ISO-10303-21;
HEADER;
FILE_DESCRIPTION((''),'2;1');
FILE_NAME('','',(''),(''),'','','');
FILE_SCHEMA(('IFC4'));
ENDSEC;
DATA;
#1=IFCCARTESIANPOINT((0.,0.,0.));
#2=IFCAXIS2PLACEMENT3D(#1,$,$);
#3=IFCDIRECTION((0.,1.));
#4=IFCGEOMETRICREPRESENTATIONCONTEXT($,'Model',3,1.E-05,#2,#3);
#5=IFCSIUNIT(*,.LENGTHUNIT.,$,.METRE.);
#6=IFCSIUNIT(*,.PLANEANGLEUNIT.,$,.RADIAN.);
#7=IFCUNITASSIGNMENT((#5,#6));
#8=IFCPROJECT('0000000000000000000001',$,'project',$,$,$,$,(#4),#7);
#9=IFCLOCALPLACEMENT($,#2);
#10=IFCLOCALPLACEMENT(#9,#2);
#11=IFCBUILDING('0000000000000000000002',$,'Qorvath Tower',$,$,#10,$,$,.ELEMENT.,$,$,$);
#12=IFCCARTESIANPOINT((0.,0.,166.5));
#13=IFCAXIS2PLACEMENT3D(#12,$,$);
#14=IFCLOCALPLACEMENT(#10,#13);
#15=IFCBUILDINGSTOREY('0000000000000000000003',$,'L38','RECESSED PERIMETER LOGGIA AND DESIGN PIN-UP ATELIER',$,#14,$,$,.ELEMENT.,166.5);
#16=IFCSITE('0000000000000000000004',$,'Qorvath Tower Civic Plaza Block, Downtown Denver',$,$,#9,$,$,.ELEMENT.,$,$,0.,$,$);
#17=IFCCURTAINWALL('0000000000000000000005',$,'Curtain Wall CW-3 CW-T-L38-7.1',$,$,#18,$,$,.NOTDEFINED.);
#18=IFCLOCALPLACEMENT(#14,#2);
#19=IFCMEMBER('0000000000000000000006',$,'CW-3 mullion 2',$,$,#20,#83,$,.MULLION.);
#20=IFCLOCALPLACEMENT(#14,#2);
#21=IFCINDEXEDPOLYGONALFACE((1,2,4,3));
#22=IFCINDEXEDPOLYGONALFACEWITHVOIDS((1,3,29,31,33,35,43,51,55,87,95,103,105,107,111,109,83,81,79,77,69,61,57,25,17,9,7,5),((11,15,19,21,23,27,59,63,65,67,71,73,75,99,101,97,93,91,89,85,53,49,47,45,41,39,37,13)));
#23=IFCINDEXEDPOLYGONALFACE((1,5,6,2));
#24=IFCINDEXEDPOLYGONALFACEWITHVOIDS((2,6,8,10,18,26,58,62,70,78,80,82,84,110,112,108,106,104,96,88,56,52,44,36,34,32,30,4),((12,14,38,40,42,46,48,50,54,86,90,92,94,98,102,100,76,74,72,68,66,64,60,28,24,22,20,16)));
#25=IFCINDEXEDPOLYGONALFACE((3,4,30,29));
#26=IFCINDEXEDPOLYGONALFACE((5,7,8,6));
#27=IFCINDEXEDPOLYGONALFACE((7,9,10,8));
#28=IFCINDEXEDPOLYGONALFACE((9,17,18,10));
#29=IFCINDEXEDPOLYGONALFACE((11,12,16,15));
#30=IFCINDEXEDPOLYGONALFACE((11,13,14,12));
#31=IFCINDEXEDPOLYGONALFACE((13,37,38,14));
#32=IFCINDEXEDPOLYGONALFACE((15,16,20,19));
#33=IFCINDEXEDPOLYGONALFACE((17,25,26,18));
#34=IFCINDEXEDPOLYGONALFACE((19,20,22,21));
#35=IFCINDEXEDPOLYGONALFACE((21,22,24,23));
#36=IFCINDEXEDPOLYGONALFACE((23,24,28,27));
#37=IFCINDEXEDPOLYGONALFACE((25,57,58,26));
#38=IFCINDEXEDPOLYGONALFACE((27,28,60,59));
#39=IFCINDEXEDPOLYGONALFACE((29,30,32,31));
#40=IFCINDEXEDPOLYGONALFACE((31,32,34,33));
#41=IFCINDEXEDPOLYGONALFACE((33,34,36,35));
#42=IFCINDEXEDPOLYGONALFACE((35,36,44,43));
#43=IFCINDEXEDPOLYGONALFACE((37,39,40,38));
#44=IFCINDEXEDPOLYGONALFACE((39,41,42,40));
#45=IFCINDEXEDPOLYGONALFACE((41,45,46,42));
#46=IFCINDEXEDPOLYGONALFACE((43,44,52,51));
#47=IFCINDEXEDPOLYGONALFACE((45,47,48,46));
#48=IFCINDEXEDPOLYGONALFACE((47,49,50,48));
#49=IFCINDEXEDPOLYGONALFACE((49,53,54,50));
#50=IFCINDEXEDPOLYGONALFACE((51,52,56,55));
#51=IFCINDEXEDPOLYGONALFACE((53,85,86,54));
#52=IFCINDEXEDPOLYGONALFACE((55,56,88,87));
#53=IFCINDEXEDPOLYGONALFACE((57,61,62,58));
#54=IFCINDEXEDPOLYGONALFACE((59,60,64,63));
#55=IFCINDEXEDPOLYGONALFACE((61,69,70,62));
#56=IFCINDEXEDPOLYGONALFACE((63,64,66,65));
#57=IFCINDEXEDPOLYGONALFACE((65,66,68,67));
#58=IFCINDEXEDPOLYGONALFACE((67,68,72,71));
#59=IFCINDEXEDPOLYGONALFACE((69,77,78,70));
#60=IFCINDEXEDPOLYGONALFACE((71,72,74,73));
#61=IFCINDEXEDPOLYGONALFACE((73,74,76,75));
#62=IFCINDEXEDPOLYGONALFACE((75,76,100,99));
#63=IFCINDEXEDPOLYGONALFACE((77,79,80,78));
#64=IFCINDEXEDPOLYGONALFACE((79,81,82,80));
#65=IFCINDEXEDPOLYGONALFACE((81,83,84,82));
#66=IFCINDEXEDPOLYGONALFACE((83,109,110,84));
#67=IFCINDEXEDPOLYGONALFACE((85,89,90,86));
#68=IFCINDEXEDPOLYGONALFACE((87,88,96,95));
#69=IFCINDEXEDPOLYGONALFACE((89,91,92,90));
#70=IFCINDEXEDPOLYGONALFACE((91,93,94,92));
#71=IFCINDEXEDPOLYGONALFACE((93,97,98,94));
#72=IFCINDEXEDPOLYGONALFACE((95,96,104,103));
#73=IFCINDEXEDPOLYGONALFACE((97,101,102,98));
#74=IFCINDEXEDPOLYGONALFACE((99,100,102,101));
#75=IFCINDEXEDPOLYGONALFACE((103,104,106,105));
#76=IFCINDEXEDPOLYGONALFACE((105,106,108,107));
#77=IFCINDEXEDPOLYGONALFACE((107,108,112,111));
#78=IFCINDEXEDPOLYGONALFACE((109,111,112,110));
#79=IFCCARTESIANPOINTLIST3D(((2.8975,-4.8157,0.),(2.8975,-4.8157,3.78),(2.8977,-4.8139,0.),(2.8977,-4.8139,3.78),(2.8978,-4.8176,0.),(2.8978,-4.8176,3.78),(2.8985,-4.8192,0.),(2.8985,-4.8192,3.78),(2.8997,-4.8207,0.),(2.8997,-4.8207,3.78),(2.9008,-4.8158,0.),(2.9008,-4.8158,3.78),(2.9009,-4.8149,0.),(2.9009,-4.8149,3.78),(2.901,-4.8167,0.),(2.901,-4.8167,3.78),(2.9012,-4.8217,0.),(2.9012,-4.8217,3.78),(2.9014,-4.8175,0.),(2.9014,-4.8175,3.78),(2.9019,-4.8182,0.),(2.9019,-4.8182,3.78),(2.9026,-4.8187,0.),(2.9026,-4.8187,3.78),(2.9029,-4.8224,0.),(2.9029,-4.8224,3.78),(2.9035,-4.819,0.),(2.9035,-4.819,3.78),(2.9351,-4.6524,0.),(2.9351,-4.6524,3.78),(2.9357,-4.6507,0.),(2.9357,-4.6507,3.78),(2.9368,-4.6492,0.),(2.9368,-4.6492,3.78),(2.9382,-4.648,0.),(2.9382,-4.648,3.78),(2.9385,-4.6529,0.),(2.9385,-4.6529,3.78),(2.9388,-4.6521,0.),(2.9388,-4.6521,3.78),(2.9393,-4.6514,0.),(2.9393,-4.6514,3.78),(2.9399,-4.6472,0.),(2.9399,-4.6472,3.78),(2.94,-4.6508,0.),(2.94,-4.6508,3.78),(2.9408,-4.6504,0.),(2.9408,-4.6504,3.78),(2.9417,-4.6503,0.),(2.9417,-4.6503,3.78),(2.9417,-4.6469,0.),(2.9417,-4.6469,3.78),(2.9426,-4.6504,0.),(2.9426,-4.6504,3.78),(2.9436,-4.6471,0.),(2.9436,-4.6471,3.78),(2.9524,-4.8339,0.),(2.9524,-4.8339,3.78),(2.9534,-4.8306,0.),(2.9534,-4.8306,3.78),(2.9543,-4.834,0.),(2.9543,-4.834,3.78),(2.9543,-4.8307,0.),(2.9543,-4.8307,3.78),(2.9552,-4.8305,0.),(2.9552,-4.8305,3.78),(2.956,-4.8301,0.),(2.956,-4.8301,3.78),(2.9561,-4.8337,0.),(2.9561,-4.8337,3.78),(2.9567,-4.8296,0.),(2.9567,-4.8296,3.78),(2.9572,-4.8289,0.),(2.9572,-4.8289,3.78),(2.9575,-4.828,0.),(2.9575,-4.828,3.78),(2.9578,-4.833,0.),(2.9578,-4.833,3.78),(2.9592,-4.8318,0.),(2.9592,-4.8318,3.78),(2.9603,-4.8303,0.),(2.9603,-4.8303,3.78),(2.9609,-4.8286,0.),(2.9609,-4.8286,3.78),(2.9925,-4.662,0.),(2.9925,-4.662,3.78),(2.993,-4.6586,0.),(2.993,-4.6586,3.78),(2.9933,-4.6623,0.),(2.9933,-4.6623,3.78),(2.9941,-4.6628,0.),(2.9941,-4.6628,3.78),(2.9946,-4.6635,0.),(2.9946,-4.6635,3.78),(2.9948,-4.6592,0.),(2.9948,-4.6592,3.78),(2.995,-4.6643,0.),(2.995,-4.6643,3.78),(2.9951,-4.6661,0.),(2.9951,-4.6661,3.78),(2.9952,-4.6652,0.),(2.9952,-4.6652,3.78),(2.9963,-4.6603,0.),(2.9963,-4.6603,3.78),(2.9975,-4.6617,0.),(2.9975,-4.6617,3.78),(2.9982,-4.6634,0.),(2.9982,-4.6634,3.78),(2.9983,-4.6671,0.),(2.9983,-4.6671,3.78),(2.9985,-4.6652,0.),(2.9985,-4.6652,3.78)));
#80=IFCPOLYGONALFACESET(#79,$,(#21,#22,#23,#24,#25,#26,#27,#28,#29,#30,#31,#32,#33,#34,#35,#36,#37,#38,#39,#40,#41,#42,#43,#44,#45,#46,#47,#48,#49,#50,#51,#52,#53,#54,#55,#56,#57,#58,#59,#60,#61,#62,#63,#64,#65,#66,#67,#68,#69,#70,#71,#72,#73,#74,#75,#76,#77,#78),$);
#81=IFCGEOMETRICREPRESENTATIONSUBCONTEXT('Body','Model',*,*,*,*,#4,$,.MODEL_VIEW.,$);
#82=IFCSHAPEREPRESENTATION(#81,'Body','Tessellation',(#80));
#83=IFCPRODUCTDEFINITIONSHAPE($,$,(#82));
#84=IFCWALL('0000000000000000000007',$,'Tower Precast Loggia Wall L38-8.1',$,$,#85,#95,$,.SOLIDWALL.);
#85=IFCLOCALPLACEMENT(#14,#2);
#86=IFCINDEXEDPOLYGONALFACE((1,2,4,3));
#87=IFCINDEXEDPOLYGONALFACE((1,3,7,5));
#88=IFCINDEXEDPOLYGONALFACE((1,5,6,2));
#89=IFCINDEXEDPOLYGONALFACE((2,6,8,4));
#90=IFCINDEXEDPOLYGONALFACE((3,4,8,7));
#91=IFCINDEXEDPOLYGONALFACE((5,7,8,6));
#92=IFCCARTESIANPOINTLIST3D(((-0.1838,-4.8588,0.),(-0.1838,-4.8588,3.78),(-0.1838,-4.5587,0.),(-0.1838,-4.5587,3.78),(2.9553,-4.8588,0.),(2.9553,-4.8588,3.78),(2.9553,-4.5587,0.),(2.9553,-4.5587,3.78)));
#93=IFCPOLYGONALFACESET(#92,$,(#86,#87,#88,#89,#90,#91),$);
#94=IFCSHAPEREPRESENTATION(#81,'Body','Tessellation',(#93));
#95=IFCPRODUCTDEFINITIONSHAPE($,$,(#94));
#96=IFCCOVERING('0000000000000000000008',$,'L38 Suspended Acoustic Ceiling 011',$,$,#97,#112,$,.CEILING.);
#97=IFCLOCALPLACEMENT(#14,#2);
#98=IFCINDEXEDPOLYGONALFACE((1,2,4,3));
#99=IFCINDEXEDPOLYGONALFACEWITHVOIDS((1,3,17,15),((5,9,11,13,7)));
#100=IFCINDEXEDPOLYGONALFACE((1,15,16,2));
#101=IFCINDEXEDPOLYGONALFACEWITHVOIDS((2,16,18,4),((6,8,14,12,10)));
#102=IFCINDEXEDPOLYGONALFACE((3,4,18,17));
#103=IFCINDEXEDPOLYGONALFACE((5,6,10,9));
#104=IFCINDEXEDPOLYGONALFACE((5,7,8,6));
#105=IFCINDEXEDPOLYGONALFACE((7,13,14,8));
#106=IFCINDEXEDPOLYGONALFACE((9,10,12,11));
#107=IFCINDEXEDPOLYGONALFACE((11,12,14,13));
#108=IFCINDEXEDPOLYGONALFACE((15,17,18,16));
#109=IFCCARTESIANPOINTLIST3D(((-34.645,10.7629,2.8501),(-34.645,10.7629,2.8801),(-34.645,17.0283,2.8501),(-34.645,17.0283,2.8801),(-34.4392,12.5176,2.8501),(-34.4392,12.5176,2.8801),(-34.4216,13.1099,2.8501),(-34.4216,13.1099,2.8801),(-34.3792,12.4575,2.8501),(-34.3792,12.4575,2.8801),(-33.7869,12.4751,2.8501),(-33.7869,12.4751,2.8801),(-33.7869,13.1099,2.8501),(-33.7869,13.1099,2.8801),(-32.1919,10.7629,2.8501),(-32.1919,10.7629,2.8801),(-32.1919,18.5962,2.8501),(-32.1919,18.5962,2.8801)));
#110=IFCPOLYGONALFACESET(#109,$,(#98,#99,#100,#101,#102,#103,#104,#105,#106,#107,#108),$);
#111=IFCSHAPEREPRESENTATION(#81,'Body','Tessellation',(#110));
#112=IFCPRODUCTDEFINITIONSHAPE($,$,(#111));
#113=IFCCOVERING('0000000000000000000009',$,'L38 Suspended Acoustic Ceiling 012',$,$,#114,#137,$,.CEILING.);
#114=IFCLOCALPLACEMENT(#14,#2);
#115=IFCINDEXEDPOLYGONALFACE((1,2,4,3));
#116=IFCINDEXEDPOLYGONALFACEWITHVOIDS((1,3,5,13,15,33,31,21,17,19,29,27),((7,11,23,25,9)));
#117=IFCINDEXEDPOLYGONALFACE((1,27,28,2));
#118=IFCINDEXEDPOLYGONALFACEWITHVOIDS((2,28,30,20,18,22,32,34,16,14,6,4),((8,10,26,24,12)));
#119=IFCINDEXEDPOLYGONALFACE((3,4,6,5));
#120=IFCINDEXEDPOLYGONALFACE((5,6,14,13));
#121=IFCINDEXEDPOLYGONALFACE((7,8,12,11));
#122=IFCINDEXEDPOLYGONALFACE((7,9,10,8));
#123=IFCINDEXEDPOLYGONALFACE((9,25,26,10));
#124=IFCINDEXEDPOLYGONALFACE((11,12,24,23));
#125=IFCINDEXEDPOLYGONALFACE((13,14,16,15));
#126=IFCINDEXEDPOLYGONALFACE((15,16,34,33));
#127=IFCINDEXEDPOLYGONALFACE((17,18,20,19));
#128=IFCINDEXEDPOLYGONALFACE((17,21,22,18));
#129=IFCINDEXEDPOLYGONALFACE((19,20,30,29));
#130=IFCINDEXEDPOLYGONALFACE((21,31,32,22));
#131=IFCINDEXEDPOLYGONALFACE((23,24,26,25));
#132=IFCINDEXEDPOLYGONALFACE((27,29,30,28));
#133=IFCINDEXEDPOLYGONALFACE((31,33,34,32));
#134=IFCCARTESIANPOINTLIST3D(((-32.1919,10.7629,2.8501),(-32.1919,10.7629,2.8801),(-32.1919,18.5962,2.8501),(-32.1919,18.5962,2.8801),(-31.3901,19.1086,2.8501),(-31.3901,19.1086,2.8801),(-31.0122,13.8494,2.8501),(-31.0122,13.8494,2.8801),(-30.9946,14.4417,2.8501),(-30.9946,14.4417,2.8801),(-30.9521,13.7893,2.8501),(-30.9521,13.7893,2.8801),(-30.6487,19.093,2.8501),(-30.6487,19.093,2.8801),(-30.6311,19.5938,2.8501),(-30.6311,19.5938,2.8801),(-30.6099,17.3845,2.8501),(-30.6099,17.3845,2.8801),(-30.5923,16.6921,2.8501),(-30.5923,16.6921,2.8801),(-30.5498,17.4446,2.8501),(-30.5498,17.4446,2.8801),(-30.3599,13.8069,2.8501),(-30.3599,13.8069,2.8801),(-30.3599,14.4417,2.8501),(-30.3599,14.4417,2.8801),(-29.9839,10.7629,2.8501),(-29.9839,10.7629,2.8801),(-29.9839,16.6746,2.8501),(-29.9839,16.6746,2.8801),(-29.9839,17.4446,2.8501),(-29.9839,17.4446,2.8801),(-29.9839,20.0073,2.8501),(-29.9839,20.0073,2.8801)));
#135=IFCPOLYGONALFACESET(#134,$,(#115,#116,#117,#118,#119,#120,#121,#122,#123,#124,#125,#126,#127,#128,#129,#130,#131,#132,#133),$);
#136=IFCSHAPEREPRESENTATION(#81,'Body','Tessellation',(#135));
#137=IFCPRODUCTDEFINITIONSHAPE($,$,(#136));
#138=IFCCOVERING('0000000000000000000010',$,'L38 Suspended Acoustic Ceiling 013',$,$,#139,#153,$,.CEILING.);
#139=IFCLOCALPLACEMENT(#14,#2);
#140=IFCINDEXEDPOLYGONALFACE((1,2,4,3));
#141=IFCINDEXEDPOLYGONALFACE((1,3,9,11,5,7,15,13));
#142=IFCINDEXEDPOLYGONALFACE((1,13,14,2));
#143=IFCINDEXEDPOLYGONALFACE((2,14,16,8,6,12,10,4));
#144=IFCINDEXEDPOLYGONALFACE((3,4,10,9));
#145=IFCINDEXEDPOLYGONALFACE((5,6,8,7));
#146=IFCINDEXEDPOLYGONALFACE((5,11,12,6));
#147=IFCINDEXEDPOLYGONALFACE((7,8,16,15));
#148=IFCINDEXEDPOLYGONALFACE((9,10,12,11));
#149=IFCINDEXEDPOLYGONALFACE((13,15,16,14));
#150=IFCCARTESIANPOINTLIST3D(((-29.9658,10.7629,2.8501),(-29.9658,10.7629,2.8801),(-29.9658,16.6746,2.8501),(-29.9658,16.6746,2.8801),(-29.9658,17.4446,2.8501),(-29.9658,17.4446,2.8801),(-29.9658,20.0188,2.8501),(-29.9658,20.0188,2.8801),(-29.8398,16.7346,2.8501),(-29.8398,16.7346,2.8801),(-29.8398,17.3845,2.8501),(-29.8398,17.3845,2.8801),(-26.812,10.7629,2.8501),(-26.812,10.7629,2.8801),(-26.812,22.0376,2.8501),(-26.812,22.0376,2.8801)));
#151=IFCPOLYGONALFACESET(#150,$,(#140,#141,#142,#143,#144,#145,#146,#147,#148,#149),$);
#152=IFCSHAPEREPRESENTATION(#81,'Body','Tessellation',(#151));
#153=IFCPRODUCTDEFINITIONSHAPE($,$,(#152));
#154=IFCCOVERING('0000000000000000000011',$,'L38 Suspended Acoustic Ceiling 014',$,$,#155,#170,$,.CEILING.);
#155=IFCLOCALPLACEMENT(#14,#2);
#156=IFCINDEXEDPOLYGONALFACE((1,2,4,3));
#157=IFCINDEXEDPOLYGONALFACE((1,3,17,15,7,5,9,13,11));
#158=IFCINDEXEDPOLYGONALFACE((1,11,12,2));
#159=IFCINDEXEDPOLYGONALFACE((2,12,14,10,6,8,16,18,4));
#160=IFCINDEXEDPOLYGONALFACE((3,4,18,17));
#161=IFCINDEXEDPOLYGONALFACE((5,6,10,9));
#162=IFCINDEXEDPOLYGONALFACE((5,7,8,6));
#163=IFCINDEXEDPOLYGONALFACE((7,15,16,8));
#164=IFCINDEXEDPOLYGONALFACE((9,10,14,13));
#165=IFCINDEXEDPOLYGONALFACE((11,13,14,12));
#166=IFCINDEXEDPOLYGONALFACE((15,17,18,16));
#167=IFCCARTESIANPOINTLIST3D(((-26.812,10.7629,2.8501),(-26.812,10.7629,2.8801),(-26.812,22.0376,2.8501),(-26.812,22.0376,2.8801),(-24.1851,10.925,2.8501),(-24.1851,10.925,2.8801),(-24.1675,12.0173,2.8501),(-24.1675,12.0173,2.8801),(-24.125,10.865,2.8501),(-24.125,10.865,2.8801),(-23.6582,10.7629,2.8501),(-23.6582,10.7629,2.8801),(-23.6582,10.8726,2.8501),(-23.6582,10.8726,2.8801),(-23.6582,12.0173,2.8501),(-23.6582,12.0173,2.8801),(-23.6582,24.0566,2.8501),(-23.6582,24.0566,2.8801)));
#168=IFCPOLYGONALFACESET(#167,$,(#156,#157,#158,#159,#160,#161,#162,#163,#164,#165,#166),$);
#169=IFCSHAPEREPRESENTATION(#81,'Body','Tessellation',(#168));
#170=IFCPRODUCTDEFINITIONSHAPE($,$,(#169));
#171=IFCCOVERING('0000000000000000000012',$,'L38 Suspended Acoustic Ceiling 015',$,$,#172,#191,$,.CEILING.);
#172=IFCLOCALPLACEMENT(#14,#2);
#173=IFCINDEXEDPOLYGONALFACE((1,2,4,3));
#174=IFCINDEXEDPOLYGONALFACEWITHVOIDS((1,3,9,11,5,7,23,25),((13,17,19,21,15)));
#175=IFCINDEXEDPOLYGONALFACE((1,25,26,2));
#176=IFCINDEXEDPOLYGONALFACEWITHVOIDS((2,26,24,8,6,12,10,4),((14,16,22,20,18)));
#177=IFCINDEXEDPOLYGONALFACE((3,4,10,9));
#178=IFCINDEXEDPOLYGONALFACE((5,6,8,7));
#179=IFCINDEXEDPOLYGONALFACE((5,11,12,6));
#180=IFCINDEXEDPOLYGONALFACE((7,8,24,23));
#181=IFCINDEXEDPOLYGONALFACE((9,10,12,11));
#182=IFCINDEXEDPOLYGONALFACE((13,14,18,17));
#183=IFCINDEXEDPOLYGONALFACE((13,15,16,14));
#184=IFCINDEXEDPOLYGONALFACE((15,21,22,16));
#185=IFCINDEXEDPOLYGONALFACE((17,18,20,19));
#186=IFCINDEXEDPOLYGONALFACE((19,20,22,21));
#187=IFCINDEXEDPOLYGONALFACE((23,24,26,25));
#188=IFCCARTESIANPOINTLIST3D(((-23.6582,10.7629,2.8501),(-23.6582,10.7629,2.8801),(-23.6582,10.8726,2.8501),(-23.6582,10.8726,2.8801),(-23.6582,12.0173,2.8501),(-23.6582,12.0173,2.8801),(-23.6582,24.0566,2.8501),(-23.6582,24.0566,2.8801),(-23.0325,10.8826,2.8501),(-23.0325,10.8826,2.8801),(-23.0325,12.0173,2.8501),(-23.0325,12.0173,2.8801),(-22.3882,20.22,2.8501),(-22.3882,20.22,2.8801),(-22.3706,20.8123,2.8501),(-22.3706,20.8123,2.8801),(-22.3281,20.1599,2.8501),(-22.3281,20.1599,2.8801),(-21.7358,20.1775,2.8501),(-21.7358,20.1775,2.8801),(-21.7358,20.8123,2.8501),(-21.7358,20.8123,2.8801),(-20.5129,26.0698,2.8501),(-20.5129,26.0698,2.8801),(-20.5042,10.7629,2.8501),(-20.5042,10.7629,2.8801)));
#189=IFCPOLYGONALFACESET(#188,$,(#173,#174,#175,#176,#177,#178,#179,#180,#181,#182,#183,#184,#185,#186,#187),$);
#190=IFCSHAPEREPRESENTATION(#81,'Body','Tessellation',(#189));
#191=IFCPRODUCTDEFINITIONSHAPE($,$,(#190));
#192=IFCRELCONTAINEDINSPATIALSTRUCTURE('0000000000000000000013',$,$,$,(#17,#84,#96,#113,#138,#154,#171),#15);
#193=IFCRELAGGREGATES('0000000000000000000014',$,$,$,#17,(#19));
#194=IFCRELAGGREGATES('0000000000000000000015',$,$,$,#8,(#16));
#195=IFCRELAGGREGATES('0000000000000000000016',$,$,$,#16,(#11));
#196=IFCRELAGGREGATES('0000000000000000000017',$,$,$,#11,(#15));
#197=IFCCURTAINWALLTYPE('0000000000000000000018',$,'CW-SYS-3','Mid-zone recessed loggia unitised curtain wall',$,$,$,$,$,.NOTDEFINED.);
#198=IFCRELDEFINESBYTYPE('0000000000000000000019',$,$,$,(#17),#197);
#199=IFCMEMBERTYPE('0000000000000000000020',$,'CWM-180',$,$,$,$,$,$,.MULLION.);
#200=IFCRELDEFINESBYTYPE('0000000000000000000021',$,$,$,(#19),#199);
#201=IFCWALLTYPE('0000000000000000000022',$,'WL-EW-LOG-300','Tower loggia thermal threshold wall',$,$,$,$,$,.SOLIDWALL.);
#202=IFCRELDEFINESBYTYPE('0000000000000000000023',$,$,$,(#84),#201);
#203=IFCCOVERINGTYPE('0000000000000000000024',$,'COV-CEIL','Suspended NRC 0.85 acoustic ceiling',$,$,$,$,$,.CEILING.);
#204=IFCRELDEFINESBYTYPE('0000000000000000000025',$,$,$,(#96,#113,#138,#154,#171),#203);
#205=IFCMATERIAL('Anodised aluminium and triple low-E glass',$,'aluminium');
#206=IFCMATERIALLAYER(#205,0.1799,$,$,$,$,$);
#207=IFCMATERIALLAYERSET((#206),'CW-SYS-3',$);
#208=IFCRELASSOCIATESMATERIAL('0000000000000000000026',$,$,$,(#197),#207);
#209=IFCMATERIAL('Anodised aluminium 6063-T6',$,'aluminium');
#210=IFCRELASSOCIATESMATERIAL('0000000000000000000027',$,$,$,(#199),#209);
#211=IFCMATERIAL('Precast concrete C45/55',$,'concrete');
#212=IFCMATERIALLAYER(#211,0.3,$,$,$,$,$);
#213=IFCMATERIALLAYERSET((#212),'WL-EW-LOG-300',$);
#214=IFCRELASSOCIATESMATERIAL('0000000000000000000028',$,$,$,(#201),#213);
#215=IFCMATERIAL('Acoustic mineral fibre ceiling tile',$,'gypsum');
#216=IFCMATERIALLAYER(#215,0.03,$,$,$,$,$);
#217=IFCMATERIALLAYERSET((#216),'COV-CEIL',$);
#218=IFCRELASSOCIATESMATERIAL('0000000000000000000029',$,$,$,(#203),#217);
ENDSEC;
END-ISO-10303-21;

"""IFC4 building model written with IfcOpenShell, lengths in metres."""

from ifc_helpers import new_model, si_unit, direction, frame, frame_2d, origin, origin_2d, place, context, subcontext, project, spatial, polyline, rectangle, hollow_rectangle, outline, extrude, material, layer, layer_set, material_profile, profile_set, type_object, element, aggregate, save


model = new_model("IFC4")

# Units and contexts
model_context = context("Model", 3, precision=1e-05, world=origin(), true_north=direction((0.0, 1.0)))
body_context = subcontext(model_context, "Body", "Model", "MODEL_VIEW")
ifc_project = project(units=[si_unit("LENGTHUNIT", "METRE"), si_unit("PLANEANGLEUNIT", "RADIAN")], contexts=[model_context])

# Site, building, storey
site_placement = place(None, origin())
site = spatial("IfcSite", under=ifc_project, at=site_placement, Name="Qorvath Tower Civic Plaza Block, Downtown Denver", CompositionType="ELEMENT", RefElevation=0.0)
building_placement = place(site_placement, origin())
building = spatial("IfcBuilding", under=site, at=building_placement, Name="Qorvath Tower", CompositionType="ELEMENT")
storey_placement = place(building_placement, frame((0.0, 0.0, 166.5)))
storey = spatial("IfcBuildingStorey", under=building, at=storey_placement, Name="L38", Description="RECESSED PERIMETER LOGGIA AND DESIGN PIN-UP ATELIER", CompositionType="ELEMENT", Elevation=166.5)

# Curtain wall, member
ifc_material_1 = material(Name="Anodised aluminium and triple low-E glass", Category="aluminium")
ifc_layer_1 = layer(ifc_material_1, 0.1799)
ifc_layer_set_1 = layer_set([ifc_layer_1], Name="CW-SYS-3")
curtain_wall_type = type_object("IfcCurtainWallType", Name="CW-SYS-3", Description="Mid-zone recessed loggia unitised curtain wall", PredefinedType="NOTDEFINED", material=ifc_layer_set_1)
curtain_wall_placement = place(storey_placement, origin())
curtain_wall = element("IfcCurtainWall", 1, at=curtain_wall_placement, inside=storey, type_object=curtain_wall_type, Name="Curtain Wall CW-3 CW-T-L38-7.1", PredefinedType="NOTDEFINED")
ifc_material_2 = material(Name="Anodised aluminium 6063-T6", Category="aluminium")
ifc_material_profile = material_profile(ifc_material_2, hollow_rectangle(XDim=0.0649, YDim=0.1799, WallThickness=0.0034, InnerFilletRadius=0.0034, OuterFilletRadius=0.0071, at=origin_2d()), Name="CWM 180x65")
ifc_profile_set = profile_set([ifc_material_profile], Name="Anodised aluminium 6063-T6")
member_type = type_object("IfcMemberType", Name="CWM-180", PredefinedType="MULLION", material=ifc_profile_set)
member_placement = place(storey_placement, frame((2.948, -4.7405, 0.0), z_axis=(0.0, 0.0, 1.0), x_axis=(-0.974176, 0.225791, 0.0)))
member = element("IfcMember", 2, at=member_placement, type_object=member_type, Name="CW-3 mullion 2", PredefinedType="MULLION", context=body_context, shape_type="SweptSolid", body=[
    extrude(hollow_rectangle(XDim=0.0649, YDim=0.1799, WallThickness=0.0034, InnerFilletRadius=0.0034, OuterFilletRadius=0.0071, at=origin_2d()), origin(), (0.0, 0.0, 1.0), 3.78),
])
aggregate(curtain_wall, [member])

# Wall
ifc_material_3 = material(Name="Precast concrete C45/55", Category="concrete")
ifc_layer_2 = layer(ifc_material_3, 0.3)
ifc_layer_set_2 = layer_set([ifc_layer_2], Name="WL-EW-LOG-300")
wall_type = type_object("IfcWallType", Name="WL-EW-LOG-300", Description="Tower loggia thermal threshold wall", PredefinedType="SOLIDWALL", material=ifc_layer_set_2)
wall_placement = place(storey_placement, frame((2.9553, -4.7087, 0.0), z_axis=(0.0, 0.0, 1.0), x_axis=(-1.0, 0.0, 0.0)))
element("IfcWall", 3, at=wall_placement, inside=storey, type_object=wall_type, Name="Tower Precast Loggia Wall L38-8.1", PredefinedType="SOLIDWALL", context=body_context, shape_type="SweptSolid", body=[
    extrude(rectangle(XDim=3.1392, YDim=0.3, at=frame_2d((1.5696, 0.0))), origin(), (0.0, 0.0, 1.0), 3.78),
])

# Coverings
ifc_material_4 = material(Name="Acoustic mineral fibre ceiling tile", Category="gypsum")
ifc_layer_3 = layer(ifc_material_4, 0.03)
ifc_layer_set_3 = layer_set([ifc_layer_3], Name="COV-CEIL")
covering_type_1 = type_object("IfcCoveringType", Name="COV-CEIL", Description="Suspended NRC 0.85 acoustic ceiling", PredefinedType="CEILING", material=ifc_layer_set_3)
covering_1_placement = place(storey_placement, frame((0.0, 0.0, 2.8501)))
element("IfcCovering", 4, at=covering_1_placement, inside=storey, type_object=covering_type_1, Name="L38 Suspended Acoustic Ceiling 011", PredefinedType="CEILING", context=body_context, shape_type="SweptSolid", body=[
    extrude(outline(polyline([(-32.1919, 10.7629), (-32.1919, 18.5962), (-34.645, 17.0283), (-34.645, 10.7629), (-32.1919, 10.7629)]), holes=[polyline([(-34.4392, 12.5176), (-34.4216, 13.1099), (-33.7869, 13.1099), (-33.7869, 12.4751), (-34.3792, 12.4575), (-34.4392, 12.5176)])]), origin(), (0.0, 0.0, 1.0), 0.03),
])
covering_2_placement = place(storey_placement, frame((0.0, 0.0, 2.8501)))
element("IfcCovering", 5, at=covering_2_placement, inside=storey, type_object=covering_type_1, Name="L38 Suspended Acoustic Ceiling 012", PredefinedType="CEILING", context=body_context, shape_type="SweptSolid", body=[
    extrude(outline(polyline([(-29.9839, 17.4446), (-29.9839, 20.0073), (-30.6311, 19.5938), (-30.6487, 19.093), (-31.3901, 19.1086), (-32.1919, 18.5962), (-32.1919, 10.7629), (-29.9839, 10.7629), (-29.9839, 16.6746), (-30.5923, 16.6921), (-30.6099, 17.3845), (-30.5498, 17.4446), (-29.9839, 17.4446)]), holes=[polyline([(-31.0122, 13.8494), (-30.9946, 14.4417), (-30.3599, 14.4417), (-30.3599, 13.8069), (-30.9521, 13.7893), (-31.0122, 13.8494)])]), origin(), (0.0, 0.0, 1.0), 0.03),
])
covering_3_placement = place(storey_placement, frame((0.0, 0.0, 2.8501)))
element("IfcCovering", 6, at=covering_3_placement, inside=storey, type_object=covering_type_1, Name="L38 Suspended Acoustic Ceiling 013", PredefinedType="CEILING", context=body_context, shape_type="SweptSolid", body=[
    extrude(outline(polyline([(-26.812, 10.7629), (-26.812, 22.0376), (-29.9658, 20.0188), (-29.9658, 17.4446), (-29.8398, 17.3845), (-29.8398, 16.7346), (-29.9658, 16.6746), (-29.9658, 10.7629), (-26.812, 10.7629)])), origin(), (0.0, 0.0, 1.0), 0.03),
])
covering_4_placement = place(storey_placement, frame((0.0, 0.0, 2.8501)))
element("IfcCovering", 7, at=covering_4_placement, inside=storey, type_object=covering_type_1, Name="L38 Suspended Acoustic Ceiling 014", PredefinedType="CEILING", context=body_context, shape_type="SweptSolid", body=[
    extrude(outline(polyline([(-23.6582, 10.7629), (-23.6582, 10.8726), (-24.125, 10.865), (-24.1851, 10.925), (-24.1675, 12.0173), (-23.6582, 12.0173), (-23.6582, 24.0566), (-26.812, 22.0376), (-26.812, 10.7629), (-23.6582, 10.7629)])), origin(), (0.0, 0.0, 1.0), 0.03),
])
covering_5_placement = place(storey_placement, frame((0.0, 0.0, 2.8501)))
element("IfcCovering", 8, at=covering_5_placement, inside=storey, type_object=covering_type_1, Name="L38 Suspended Acoustic Ceiling 015", PredefinedType="CEILING", context=body_context, shape_type="SweptSolid", body=[
    extrude(outline(polyline([(-20.5129, 26.0698), (-23.6582, 24.0566), (-23.6582, 12.0173), (-23.0325, 12.0173), (-23.0325, 10.8826), (-23.6582, 10.8726), (-23.6582, 10.7629), (-20.5042, 10.7629), (-20.5129, 26.0698)]), holes=[polyline([(-22.3882, 20.22), (-22.3706, 20.8123), (-21.7358, 20.8123), (-21.7358, 20.1775), (-22.3281, 20.1599), (-22.3882, 20.22)])]), origin(), (0.0, 0.0, 1.0), 0.03),
])

save(model, "model.ifc")
